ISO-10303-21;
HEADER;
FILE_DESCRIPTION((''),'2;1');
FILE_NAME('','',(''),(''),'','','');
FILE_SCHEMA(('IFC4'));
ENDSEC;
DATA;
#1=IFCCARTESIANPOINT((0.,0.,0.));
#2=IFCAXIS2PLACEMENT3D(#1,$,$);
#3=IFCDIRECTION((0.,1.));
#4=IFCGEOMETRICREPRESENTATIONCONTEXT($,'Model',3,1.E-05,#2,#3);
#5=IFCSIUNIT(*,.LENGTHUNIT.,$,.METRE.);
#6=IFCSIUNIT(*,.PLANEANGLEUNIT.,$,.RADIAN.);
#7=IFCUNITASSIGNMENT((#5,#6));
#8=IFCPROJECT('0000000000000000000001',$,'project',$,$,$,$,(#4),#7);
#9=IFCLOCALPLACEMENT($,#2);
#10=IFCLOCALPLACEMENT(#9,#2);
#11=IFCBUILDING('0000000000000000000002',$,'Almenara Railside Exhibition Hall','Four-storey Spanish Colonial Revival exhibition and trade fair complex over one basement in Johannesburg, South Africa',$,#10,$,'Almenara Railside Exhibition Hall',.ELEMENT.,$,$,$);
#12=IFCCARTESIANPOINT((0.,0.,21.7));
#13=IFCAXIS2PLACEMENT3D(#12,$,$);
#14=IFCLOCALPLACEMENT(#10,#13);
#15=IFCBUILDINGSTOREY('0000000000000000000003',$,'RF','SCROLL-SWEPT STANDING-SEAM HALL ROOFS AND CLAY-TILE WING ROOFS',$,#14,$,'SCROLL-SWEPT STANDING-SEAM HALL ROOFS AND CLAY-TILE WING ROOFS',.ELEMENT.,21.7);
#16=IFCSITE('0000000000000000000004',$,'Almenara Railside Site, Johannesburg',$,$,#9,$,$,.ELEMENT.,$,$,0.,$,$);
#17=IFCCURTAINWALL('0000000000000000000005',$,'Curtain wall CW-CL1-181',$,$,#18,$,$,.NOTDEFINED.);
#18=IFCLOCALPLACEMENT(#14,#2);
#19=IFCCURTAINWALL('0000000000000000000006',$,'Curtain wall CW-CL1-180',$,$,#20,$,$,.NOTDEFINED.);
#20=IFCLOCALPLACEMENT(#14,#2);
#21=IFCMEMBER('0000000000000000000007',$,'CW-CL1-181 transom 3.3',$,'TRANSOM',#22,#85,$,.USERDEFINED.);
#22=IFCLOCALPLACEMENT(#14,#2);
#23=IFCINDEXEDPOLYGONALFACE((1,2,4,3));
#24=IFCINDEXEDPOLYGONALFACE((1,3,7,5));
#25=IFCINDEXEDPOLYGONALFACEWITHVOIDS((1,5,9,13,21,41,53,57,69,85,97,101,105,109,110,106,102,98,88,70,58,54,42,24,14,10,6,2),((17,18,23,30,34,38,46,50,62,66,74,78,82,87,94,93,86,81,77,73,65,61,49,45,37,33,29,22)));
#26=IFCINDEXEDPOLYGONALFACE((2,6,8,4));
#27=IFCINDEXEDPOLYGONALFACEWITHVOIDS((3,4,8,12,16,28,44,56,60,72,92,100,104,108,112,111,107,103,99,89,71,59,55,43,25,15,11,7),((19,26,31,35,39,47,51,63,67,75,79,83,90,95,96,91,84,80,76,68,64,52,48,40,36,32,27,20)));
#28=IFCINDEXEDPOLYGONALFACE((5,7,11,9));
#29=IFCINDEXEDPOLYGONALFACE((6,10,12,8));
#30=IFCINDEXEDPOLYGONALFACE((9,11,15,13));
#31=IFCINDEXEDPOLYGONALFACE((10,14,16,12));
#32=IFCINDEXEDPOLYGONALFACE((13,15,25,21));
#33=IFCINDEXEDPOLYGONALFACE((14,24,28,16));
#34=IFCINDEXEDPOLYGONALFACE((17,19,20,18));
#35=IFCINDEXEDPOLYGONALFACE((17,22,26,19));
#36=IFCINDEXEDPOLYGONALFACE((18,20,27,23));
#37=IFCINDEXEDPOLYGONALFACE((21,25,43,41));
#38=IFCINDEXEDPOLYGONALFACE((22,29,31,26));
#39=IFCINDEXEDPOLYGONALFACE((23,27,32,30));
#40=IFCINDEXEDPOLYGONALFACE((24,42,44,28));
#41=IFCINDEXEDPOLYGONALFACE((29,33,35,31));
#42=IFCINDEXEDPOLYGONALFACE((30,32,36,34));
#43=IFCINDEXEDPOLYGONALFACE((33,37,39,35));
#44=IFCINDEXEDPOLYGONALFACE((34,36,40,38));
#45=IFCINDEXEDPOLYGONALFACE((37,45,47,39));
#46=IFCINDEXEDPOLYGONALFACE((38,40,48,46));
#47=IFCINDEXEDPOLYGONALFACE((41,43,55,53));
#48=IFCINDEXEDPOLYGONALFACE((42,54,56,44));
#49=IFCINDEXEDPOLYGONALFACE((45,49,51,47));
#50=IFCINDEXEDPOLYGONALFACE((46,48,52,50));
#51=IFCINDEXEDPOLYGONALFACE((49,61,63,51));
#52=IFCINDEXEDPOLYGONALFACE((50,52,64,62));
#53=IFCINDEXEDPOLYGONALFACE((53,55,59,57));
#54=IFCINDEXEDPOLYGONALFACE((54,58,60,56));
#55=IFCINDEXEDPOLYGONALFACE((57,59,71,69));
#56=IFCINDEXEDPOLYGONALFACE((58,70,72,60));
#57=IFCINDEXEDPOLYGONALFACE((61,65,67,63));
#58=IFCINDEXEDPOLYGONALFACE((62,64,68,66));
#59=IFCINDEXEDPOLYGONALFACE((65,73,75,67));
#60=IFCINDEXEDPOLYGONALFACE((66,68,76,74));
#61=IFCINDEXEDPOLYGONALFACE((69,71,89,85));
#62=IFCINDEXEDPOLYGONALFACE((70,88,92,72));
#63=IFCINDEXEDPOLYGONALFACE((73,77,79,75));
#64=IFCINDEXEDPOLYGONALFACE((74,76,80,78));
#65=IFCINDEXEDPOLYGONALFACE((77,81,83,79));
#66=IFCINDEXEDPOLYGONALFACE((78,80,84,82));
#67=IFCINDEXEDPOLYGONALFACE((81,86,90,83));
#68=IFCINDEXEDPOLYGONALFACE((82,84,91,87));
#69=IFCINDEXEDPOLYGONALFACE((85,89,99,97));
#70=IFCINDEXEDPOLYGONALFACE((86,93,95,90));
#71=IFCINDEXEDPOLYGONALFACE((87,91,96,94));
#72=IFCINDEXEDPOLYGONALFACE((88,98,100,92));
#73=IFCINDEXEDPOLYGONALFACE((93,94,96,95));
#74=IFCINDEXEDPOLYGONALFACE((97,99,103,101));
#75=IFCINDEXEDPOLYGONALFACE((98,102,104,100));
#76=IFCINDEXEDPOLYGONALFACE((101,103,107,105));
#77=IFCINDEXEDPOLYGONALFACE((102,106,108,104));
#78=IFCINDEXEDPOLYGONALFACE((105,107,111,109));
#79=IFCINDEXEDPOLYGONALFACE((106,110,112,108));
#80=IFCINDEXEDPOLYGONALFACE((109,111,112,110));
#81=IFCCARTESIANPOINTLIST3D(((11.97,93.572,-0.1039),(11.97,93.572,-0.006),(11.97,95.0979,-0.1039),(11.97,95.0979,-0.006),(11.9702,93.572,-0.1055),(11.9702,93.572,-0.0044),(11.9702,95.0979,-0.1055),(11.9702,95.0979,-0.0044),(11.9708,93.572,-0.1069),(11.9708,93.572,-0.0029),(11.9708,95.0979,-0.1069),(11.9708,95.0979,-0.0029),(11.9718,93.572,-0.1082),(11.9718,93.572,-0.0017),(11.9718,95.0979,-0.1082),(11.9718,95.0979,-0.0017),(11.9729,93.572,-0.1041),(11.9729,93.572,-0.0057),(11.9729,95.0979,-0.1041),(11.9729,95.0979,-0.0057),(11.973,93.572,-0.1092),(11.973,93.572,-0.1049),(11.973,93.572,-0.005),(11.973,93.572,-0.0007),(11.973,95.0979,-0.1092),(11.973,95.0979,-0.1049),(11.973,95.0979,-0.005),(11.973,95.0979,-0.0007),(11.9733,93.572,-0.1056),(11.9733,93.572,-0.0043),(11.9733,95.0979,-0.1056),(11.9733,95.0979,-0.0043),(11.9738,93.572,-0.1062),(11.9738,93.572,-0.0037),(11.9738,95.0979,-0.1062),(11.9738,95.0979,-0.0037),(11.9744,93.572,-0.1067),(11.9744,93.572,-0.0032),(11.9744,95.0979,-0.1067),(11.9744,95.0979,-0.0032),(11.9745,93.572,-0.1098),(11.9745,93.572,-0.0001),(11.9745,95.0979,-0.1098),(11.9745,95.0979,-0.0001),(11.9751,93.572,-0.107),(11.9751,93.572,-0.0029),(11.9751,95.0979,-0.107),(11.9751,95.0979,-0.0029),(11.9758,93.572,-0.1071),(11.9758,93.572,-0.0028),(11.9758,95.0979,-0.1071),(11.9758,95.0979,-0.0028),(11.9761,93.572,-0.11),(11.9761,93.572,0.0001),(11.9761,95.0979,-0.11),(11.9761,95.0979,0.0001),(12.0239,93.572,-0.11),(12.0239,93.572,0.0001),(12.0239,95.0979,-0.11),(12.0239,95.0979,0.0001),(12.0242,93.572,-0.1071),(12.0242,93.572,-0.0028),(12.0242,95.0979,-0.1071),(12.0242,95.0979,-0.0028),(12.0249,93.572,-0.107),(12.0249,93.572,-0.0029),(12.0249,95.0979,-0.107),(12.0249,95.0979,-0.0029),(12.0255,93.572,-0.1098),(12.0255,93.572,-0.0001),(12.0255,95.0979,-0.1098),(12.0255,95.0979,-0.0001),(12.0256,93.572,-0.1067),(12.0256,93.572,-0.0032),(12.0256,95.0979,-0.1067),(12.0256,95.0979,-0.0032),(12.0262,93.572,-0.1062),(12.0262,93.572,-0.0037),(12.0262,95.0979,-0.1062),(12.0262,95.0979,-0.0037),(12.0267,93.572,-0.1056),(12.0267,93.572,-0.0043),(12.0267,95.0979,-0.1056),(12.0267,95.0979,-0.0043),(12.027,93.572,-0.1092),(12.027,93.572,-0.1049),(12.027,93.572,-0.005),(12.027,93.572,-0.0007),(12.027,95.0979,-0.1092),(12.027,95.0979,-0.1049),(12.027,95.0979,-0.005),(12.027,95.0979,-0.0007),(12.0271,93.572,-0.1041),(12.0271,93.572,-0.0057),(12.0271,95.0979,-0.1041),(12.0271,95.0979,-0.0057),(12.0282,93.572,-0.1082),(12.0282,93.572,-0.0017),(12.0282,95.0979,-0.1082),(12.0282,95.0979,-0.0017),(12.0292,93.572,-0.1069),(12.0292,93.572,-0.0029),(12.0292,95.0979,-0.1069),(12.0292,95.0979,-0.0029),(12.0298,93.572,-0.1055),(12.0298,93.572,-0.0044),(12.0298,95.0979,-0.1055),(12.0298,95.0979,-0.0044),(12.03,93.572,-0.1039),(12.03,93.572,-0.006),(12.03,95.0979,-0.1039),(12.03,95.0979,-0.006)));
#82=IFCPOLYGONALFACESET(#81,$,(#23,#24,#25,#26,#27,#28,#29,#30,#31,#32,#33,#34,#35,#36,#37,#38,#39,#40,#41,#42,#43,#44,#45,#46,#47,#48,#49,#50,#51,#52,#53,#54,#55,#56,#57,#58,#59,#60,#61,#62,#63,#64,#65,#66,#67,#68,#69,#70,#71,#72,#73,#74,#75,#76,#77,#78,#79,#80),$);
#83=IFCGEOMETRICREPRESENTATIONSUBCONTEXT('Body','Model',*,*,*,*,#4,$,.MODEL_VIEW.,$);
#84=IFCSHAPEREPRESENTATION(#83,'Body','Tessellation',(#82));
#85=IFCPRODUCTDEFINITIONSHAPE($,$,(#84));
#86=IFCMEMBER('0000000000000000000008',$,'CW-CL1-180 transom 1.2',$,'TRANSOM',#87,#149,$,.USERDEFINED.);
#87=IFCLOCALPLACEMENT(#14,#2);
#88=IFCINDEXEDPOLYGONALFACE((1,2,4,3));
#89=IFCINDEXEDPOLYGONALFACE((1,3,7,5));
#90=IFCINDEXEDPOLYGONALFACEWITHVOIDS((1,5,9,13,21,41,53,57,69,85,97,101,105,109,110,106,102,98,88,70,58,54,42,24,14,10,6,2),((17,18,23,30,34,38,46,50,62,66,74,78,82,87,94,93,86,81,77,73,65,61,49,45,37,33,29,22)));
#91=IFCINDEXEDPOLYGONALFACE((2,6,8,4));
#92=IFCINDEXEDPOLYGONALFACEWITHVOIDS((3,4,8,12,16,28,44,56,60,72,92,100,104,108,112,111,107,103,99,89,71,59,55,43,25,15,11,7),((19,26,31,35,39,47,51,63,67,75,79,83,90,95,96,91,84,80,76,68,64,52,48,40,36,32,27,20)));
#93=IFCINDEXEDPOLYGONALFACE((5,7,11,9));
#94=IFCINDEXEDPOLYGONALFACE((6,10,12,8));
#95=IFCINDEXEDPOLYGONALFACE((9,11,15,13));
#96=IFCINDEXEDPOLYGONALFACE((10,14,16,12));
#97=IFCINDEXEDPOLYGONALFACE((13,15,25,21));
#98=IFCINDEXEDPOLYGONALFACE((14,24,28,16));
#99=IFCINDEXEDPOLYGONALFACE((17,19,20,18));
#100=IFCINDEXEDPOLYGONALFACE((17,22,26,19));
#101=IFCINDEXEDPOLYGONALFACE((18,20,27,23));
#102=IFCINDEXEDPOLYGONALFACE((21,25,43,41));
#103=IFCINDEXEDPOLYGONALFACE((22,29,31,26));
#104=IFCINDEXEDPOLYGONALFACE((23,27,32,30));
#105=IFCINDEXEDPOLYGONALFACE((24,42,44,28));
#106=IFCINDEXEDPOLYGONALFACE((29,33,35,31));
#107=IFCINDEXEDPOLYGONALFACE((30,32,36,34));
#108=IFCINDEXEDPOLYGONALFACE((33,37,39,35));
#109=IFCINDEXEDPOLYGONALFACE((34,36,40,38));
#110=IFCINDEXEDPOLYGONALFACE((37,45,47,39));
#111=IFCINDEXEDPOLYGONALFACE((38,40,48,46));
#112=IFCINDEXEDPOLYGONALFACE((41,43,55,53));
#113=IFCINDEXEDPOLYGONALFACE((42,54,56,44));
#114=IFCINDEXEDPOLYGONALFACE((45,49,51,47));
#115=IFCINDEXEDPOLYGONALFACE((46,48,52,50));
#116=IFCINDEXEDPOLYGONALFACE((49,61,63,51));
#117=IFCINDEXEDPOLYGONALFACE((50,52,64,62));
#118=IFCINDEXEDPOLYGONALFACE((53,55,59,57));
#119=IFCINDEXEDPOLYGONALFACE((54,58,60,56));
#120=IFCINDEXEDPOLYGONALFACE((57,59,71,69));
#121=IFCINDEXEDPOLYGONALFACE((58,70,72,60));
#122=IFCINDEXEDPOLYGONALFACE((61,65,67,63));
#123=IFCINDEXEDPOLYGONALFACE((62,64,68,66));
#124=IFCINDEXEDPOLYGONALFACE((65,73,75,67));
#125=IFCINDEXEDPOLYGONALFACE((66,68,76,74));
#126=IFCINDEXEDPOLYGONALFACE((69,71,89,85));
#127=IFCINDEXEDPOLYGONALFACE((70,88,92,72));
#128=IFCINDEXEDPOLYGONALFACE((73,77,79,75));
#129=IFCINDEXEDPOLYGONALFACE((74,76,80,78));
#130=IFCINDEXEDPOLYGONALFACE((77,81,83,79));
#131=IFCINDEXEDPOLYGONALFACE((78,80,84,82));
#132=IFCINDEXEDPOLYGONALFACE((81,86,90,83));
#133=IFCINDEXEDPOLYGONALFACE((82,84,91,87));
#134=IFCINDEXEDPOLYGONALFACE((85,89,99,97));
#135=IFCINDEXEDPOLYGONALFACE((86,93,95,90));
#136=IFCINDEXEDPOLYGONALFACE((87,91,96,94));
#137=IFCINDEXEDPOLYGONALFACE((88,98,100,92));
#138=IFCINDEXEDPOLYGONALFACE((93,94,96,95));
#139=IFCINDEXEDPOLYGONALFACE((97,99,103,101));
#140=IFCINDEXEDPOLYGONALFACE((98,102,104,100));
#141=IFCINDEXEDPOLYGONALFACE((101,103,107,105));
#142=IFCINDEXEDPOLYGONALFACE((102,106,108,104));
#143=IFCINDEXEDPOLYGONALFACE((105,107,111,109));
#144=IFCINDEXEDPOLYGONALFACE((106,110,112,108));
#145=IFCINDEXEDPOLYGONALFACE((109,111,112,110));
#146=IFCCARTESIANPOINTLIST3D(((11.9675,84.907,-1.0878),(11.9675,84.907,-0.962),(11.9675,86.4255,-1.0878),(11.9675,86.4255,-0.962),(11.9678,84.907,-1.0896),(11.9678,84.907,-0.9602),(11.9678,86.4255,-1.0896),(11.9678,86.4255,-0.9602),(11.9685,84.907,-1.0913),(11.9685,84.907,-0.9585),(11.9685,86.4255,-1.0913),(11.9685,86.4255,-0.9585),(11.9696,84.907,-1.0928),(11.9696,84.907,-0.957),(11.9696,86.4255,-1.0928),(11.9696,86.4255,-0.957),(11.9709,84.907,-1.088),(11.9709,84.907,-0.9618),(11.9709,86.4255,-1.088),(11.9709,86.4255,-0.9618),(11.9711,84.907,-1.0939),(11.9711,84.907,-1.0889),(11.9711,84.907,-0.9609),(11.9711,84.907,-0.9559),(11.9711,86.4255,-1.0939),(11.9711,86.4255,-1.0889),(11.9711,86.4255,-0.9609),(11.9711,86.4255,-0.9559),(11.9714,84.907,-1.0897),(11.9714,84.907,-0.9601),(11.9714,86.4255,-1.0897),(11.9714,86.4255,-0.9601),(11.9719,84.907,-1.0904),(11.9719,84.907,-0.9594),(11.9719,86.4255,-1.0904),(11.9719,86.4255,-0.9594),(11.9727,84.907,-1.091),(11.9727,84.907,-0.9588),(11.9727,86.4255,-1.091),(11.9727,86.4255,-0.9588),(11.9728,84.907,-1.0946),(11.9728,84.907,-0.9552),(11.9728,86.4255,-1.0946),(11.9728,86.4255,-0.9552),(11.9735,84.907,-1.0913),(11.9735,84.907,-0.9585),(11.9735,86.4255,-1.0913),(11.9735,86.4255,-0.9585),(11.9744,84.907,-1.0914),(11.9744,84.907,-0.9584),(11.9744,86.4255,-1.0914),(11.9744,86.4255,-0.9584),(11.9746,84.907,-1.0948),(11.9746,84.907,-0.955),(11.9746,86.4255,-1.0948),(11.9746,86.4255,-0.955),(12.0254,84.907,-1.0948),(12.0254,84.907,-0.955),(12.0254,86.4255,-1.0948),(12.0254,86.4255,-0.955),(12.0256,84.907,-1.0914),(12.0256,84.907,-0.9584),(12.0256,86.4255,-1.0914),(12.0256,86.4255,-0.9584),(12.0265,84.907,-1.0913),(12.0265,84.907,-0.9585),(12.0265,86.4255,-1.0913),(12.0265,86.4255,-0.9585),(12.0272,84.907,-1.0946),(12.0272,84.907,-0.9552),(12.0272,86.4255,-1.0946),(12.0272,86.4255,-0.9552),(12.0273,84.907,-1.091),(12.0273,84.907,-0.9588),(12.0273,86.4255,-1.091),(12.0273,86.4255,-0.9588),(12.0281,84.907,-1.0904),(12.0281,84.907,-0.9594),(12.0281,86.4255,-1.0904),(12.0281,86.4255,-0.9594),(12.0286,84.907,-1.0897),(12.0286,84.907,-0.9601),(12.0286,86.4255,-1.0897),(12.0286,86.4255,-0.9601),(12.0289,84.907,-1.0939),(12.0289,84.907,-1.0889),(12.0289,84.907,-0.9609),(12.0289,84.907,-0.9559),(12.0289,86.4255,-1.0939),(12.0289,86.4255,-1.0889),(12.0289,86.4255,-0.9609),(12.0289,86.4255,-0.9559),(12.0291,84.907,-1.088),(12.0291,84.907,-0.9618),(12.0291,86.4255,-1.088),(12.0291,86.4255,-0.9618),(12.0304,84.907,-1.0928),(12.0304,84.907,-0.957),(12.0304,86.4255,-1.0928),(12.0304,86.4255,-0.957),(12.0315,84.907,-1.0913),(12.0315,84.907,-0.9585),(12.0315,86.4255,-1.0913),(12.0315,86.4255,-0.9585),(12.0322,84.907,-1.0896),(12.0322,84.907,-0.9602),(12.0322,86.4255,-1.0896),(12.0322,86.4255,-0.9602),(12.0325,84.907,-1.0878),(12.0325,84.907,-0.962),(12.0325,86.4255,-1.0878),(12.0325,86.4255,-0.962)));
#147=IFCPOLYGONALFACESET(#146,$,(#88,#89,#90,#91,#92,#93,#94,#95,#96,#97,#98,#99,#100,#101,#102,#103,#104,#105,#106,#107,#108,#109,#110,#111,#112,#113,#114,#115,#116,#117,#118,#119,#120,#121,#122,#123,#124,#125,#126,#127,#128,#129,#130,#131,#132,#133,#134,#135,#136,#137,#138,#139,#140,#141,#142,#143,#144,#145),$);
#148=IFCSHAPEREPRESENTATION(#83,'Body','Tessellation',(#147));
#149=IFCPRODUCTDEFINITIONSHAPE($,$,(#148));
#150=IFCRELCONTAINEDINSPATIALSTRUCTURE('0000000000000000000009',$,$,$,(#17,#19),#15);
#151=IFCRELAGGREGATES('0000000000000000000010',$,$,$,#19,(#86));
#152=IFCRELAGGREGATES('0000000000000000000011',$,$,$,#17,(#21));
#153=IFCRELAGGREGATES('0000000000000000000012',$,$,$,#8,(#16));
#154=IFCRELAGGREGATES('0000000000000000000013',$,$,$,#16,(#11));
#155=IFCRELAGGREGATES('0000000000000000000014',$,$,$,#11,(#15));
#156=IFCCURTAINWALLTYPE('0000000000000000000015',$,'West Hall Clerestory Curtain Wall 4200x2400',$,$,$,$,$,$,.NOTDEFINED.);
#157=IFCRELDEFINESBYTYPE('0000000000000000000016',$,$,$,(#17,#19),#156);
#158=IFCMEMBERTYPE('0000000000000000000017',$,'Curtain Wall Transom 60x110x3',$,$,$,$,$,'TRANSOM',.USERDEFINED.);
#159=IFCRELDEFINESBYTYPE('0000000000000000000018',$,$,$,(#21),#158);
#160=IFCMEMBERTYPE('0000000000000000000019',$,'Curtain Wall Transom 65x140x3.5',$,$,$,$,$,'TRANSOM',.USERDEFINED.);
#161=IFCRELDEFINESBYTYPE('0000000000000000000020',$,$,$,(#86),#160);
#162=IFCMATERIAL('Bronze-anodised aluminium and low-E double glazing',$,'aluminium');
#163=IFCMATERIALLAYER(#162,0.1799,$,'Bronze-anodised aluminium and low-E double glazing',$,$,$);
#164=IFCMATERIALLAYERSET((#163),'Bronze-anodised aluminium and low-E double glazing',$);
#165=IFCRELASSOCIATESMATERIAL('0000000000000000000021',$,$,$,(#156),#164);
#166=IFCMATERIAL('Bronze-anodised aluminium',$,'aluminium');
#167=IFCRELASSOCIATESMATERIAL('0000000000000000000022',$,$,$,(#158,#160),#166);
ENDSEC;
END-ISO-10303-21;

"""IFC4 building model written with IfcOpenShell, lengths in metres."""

from ifc_helpers import new_model, si_unit, direction, frame, origin, origin_2d, place, context, subcontext, project, spatial, hollow_rectangle, extrude, material, layer, layer_set, material_profile, profile_set, type_object, element, aggregate, save


model = new_model("IFC4")

# Units and contexts
model_context = context("Model", 3, precision=1e-05, world=origin(), true_north=direction((0.0, 1.0)))
body_context = subcontext(model_context, "Body", "Model", "MODEL_VIEW")
ifc_project = project(units=[si_unit("LENGTHUNIT", "METRE"), si_unit("PLANEANGLEUNIT", "RADIAN")], contexts=[model_context])

# Site, building, storey
site_placement = place(None, origin())
site = spatial("IfcSite", under=ifc_project, at=site_placement, Name="Almenara Railside Site, Johannesburg", CompositionType="ELEMENT", RefElevation=0.0)
building_placement = place(site_placement, origin())
building = spatial("IfcBuilding", under=site, at=building_placement, Name="Almenara Railside Exhibition Hall", Description="Four-storey Spanish Colonial Revival exhibition and trade fair complex over one basement in Johannesburg, South Africa", LongName="Almenara Railside Exhibition Hall", CompositionType="ELEMENT")
storey_placement = place(building_placement, frame((0.0, 0.0, 21.7)))
storey = spatial("IfcBuildingStorey", under=building, at=storey_placement, Name="RF", Description="SCROLL-SWEPT STANDING-SEAM HALL ROOFS AND CLAY-TILE WING ROOFS", LongName="SCROLL-SWEPT STANDING-SEAM HALL ROOFS AND CLAY-TILE WING ROOFS", CompositionType="ELEMENT", Elevation=21.7)

# Curtain walls
ifc_material_1 = material(Name="Bronze-anodised aluminium and low-E double glazing", Category="aluminium")
ifc_layer_1 = layer(ifc_material_1, 0.1799, Name="Bronze-anodised aluminium and low-E double glazing")
ifc_layer_set_1 = layer_set([ifc_layer_1], Name="Bronze-anodised aluminium and low-E double glazing")
curtain_wall_type = type_object("IfcCurtainWallType", Name="West Hall Clerestory Curtain Wall 4200x2400", PredefinedType="NOTDEFINED", material=ifc_layer_set_1)
curtain_wall_1_placement = place(storey_placement, origin())
curtain_wall_1 = element("IfcCurtainWall", 1, at=curtain_wall_1_placement, inside=storey, type_object=curtain_wall_type, Name="Curtain wall CW-CL1-181", PredefinedType="NOTDEFINED")
ifc_material_2 = material(Name="Bronze-anodised aluminium", Category="aluminium")
curtain_wall_2_placement = place(storey_placement, origin())
curtain_wall_2 = element("IfcCurtainWall", 2, at=curtain_wall_2_placement, inside=storey, type_object=curtain_wall_type, Name="Curtain wall CW-CL1-180", PredefinedType="NOTDEFINED")

# Members
ifc_material_profile_1 = material_profile(ifc_material_2, hollow_rectangle(XDim=0.0601, YDim=0.1101, WallThickness=0.0029, InnerFilletRadius=0.0029, OuterFilletRadius=0.0061, at=origin_2d()), Name="ALU-TRN 60x110x3")
ifc_profile_set_1 = profile_set([ifc_material_profile_1], Name="Bronze-anodised aluminium")
member_type_1 = type_object("IfcMemberType", Name="Curtain Wall Transom 60x110x3", ElementType="TRANSOM", PredefinedType="USERDEFINED", material=ifc_profile_set_1)
member_1_placement = place(storey_placement, frame((12.0, 93.572, -0.0549), z_axis=(0.0, 1.0, 0.0), x_axis=(-1.0, 0.0, 0.0)))
member_1 = element("IfcMember", 3, at=member_1_placement, type_object=member_type_1, Name="CW-CL1-181 transom 3.3", ObjectType="TRANSOM", PredefinedType="USERDEFINED", context=body_context, shape_type="SweptSolid", body=[
    extrude(hollow_rectangle(XDim=0.0601, YDim=0.1101, WallThickness=0.0029, InnerFilletRadius=0.0029, OuterFilletRadius=0.0061, at=origin_2d()), origin(), (0.0, 0.0, 1.0), 1.5259),
])
ifc_material_profile_2 = material_profile(ifc_material_2, hollow_rectangle(XDim=0.0649, YDim=0.1399, WallThickness=0.0034, InnerFilletRadius=0.0034, OuterFilletRadius=0.0071, at=origin_2d()), Name="ALU-TRN 65x140x3.5")
ifc_profile_set_2 = profile_set([ifc_material_profile_2], Name="Bronze-anodised aluminium")
member_type_2 = type_object("IfcMemberType", Name="Curtain Wall Transom 65x140x3.5", ElementType="TRANSOM", PredefinedType="USERDEFINED", material=ifc_profile_set_2)
member_2_placement = place(storey_placement, frame((12.0, 84.907, -1.0249), z_axis=(0.0, 1.0, 0.0), x_axis=(-1.0, 0.0, 0.0)))
member_2 = element("IfcMember", 4, at=member_2_placement, type_object=member_type_2, Name="CW-CL1-180 transom 1.2", ObjectType="TRANSOM", PredefinedType="USERDEFINED", context=body_context, shape_type="SweptSolid", body=[
    extrude(hollow_rectangle(XDim=0.0649, YDim=0.1399, WallThickness=0.0034, InnerFilletRadius=0.0034, OuterFilletRadius=0.0071, at=origin_2d()), origin(), (0.0, 0.0, 1.0), 1.5186),
])

aggregate(curtain_wall_2, [member_2])

aggregate(curtain_wall_1, [member_1])

save(model, "model.ifc")
